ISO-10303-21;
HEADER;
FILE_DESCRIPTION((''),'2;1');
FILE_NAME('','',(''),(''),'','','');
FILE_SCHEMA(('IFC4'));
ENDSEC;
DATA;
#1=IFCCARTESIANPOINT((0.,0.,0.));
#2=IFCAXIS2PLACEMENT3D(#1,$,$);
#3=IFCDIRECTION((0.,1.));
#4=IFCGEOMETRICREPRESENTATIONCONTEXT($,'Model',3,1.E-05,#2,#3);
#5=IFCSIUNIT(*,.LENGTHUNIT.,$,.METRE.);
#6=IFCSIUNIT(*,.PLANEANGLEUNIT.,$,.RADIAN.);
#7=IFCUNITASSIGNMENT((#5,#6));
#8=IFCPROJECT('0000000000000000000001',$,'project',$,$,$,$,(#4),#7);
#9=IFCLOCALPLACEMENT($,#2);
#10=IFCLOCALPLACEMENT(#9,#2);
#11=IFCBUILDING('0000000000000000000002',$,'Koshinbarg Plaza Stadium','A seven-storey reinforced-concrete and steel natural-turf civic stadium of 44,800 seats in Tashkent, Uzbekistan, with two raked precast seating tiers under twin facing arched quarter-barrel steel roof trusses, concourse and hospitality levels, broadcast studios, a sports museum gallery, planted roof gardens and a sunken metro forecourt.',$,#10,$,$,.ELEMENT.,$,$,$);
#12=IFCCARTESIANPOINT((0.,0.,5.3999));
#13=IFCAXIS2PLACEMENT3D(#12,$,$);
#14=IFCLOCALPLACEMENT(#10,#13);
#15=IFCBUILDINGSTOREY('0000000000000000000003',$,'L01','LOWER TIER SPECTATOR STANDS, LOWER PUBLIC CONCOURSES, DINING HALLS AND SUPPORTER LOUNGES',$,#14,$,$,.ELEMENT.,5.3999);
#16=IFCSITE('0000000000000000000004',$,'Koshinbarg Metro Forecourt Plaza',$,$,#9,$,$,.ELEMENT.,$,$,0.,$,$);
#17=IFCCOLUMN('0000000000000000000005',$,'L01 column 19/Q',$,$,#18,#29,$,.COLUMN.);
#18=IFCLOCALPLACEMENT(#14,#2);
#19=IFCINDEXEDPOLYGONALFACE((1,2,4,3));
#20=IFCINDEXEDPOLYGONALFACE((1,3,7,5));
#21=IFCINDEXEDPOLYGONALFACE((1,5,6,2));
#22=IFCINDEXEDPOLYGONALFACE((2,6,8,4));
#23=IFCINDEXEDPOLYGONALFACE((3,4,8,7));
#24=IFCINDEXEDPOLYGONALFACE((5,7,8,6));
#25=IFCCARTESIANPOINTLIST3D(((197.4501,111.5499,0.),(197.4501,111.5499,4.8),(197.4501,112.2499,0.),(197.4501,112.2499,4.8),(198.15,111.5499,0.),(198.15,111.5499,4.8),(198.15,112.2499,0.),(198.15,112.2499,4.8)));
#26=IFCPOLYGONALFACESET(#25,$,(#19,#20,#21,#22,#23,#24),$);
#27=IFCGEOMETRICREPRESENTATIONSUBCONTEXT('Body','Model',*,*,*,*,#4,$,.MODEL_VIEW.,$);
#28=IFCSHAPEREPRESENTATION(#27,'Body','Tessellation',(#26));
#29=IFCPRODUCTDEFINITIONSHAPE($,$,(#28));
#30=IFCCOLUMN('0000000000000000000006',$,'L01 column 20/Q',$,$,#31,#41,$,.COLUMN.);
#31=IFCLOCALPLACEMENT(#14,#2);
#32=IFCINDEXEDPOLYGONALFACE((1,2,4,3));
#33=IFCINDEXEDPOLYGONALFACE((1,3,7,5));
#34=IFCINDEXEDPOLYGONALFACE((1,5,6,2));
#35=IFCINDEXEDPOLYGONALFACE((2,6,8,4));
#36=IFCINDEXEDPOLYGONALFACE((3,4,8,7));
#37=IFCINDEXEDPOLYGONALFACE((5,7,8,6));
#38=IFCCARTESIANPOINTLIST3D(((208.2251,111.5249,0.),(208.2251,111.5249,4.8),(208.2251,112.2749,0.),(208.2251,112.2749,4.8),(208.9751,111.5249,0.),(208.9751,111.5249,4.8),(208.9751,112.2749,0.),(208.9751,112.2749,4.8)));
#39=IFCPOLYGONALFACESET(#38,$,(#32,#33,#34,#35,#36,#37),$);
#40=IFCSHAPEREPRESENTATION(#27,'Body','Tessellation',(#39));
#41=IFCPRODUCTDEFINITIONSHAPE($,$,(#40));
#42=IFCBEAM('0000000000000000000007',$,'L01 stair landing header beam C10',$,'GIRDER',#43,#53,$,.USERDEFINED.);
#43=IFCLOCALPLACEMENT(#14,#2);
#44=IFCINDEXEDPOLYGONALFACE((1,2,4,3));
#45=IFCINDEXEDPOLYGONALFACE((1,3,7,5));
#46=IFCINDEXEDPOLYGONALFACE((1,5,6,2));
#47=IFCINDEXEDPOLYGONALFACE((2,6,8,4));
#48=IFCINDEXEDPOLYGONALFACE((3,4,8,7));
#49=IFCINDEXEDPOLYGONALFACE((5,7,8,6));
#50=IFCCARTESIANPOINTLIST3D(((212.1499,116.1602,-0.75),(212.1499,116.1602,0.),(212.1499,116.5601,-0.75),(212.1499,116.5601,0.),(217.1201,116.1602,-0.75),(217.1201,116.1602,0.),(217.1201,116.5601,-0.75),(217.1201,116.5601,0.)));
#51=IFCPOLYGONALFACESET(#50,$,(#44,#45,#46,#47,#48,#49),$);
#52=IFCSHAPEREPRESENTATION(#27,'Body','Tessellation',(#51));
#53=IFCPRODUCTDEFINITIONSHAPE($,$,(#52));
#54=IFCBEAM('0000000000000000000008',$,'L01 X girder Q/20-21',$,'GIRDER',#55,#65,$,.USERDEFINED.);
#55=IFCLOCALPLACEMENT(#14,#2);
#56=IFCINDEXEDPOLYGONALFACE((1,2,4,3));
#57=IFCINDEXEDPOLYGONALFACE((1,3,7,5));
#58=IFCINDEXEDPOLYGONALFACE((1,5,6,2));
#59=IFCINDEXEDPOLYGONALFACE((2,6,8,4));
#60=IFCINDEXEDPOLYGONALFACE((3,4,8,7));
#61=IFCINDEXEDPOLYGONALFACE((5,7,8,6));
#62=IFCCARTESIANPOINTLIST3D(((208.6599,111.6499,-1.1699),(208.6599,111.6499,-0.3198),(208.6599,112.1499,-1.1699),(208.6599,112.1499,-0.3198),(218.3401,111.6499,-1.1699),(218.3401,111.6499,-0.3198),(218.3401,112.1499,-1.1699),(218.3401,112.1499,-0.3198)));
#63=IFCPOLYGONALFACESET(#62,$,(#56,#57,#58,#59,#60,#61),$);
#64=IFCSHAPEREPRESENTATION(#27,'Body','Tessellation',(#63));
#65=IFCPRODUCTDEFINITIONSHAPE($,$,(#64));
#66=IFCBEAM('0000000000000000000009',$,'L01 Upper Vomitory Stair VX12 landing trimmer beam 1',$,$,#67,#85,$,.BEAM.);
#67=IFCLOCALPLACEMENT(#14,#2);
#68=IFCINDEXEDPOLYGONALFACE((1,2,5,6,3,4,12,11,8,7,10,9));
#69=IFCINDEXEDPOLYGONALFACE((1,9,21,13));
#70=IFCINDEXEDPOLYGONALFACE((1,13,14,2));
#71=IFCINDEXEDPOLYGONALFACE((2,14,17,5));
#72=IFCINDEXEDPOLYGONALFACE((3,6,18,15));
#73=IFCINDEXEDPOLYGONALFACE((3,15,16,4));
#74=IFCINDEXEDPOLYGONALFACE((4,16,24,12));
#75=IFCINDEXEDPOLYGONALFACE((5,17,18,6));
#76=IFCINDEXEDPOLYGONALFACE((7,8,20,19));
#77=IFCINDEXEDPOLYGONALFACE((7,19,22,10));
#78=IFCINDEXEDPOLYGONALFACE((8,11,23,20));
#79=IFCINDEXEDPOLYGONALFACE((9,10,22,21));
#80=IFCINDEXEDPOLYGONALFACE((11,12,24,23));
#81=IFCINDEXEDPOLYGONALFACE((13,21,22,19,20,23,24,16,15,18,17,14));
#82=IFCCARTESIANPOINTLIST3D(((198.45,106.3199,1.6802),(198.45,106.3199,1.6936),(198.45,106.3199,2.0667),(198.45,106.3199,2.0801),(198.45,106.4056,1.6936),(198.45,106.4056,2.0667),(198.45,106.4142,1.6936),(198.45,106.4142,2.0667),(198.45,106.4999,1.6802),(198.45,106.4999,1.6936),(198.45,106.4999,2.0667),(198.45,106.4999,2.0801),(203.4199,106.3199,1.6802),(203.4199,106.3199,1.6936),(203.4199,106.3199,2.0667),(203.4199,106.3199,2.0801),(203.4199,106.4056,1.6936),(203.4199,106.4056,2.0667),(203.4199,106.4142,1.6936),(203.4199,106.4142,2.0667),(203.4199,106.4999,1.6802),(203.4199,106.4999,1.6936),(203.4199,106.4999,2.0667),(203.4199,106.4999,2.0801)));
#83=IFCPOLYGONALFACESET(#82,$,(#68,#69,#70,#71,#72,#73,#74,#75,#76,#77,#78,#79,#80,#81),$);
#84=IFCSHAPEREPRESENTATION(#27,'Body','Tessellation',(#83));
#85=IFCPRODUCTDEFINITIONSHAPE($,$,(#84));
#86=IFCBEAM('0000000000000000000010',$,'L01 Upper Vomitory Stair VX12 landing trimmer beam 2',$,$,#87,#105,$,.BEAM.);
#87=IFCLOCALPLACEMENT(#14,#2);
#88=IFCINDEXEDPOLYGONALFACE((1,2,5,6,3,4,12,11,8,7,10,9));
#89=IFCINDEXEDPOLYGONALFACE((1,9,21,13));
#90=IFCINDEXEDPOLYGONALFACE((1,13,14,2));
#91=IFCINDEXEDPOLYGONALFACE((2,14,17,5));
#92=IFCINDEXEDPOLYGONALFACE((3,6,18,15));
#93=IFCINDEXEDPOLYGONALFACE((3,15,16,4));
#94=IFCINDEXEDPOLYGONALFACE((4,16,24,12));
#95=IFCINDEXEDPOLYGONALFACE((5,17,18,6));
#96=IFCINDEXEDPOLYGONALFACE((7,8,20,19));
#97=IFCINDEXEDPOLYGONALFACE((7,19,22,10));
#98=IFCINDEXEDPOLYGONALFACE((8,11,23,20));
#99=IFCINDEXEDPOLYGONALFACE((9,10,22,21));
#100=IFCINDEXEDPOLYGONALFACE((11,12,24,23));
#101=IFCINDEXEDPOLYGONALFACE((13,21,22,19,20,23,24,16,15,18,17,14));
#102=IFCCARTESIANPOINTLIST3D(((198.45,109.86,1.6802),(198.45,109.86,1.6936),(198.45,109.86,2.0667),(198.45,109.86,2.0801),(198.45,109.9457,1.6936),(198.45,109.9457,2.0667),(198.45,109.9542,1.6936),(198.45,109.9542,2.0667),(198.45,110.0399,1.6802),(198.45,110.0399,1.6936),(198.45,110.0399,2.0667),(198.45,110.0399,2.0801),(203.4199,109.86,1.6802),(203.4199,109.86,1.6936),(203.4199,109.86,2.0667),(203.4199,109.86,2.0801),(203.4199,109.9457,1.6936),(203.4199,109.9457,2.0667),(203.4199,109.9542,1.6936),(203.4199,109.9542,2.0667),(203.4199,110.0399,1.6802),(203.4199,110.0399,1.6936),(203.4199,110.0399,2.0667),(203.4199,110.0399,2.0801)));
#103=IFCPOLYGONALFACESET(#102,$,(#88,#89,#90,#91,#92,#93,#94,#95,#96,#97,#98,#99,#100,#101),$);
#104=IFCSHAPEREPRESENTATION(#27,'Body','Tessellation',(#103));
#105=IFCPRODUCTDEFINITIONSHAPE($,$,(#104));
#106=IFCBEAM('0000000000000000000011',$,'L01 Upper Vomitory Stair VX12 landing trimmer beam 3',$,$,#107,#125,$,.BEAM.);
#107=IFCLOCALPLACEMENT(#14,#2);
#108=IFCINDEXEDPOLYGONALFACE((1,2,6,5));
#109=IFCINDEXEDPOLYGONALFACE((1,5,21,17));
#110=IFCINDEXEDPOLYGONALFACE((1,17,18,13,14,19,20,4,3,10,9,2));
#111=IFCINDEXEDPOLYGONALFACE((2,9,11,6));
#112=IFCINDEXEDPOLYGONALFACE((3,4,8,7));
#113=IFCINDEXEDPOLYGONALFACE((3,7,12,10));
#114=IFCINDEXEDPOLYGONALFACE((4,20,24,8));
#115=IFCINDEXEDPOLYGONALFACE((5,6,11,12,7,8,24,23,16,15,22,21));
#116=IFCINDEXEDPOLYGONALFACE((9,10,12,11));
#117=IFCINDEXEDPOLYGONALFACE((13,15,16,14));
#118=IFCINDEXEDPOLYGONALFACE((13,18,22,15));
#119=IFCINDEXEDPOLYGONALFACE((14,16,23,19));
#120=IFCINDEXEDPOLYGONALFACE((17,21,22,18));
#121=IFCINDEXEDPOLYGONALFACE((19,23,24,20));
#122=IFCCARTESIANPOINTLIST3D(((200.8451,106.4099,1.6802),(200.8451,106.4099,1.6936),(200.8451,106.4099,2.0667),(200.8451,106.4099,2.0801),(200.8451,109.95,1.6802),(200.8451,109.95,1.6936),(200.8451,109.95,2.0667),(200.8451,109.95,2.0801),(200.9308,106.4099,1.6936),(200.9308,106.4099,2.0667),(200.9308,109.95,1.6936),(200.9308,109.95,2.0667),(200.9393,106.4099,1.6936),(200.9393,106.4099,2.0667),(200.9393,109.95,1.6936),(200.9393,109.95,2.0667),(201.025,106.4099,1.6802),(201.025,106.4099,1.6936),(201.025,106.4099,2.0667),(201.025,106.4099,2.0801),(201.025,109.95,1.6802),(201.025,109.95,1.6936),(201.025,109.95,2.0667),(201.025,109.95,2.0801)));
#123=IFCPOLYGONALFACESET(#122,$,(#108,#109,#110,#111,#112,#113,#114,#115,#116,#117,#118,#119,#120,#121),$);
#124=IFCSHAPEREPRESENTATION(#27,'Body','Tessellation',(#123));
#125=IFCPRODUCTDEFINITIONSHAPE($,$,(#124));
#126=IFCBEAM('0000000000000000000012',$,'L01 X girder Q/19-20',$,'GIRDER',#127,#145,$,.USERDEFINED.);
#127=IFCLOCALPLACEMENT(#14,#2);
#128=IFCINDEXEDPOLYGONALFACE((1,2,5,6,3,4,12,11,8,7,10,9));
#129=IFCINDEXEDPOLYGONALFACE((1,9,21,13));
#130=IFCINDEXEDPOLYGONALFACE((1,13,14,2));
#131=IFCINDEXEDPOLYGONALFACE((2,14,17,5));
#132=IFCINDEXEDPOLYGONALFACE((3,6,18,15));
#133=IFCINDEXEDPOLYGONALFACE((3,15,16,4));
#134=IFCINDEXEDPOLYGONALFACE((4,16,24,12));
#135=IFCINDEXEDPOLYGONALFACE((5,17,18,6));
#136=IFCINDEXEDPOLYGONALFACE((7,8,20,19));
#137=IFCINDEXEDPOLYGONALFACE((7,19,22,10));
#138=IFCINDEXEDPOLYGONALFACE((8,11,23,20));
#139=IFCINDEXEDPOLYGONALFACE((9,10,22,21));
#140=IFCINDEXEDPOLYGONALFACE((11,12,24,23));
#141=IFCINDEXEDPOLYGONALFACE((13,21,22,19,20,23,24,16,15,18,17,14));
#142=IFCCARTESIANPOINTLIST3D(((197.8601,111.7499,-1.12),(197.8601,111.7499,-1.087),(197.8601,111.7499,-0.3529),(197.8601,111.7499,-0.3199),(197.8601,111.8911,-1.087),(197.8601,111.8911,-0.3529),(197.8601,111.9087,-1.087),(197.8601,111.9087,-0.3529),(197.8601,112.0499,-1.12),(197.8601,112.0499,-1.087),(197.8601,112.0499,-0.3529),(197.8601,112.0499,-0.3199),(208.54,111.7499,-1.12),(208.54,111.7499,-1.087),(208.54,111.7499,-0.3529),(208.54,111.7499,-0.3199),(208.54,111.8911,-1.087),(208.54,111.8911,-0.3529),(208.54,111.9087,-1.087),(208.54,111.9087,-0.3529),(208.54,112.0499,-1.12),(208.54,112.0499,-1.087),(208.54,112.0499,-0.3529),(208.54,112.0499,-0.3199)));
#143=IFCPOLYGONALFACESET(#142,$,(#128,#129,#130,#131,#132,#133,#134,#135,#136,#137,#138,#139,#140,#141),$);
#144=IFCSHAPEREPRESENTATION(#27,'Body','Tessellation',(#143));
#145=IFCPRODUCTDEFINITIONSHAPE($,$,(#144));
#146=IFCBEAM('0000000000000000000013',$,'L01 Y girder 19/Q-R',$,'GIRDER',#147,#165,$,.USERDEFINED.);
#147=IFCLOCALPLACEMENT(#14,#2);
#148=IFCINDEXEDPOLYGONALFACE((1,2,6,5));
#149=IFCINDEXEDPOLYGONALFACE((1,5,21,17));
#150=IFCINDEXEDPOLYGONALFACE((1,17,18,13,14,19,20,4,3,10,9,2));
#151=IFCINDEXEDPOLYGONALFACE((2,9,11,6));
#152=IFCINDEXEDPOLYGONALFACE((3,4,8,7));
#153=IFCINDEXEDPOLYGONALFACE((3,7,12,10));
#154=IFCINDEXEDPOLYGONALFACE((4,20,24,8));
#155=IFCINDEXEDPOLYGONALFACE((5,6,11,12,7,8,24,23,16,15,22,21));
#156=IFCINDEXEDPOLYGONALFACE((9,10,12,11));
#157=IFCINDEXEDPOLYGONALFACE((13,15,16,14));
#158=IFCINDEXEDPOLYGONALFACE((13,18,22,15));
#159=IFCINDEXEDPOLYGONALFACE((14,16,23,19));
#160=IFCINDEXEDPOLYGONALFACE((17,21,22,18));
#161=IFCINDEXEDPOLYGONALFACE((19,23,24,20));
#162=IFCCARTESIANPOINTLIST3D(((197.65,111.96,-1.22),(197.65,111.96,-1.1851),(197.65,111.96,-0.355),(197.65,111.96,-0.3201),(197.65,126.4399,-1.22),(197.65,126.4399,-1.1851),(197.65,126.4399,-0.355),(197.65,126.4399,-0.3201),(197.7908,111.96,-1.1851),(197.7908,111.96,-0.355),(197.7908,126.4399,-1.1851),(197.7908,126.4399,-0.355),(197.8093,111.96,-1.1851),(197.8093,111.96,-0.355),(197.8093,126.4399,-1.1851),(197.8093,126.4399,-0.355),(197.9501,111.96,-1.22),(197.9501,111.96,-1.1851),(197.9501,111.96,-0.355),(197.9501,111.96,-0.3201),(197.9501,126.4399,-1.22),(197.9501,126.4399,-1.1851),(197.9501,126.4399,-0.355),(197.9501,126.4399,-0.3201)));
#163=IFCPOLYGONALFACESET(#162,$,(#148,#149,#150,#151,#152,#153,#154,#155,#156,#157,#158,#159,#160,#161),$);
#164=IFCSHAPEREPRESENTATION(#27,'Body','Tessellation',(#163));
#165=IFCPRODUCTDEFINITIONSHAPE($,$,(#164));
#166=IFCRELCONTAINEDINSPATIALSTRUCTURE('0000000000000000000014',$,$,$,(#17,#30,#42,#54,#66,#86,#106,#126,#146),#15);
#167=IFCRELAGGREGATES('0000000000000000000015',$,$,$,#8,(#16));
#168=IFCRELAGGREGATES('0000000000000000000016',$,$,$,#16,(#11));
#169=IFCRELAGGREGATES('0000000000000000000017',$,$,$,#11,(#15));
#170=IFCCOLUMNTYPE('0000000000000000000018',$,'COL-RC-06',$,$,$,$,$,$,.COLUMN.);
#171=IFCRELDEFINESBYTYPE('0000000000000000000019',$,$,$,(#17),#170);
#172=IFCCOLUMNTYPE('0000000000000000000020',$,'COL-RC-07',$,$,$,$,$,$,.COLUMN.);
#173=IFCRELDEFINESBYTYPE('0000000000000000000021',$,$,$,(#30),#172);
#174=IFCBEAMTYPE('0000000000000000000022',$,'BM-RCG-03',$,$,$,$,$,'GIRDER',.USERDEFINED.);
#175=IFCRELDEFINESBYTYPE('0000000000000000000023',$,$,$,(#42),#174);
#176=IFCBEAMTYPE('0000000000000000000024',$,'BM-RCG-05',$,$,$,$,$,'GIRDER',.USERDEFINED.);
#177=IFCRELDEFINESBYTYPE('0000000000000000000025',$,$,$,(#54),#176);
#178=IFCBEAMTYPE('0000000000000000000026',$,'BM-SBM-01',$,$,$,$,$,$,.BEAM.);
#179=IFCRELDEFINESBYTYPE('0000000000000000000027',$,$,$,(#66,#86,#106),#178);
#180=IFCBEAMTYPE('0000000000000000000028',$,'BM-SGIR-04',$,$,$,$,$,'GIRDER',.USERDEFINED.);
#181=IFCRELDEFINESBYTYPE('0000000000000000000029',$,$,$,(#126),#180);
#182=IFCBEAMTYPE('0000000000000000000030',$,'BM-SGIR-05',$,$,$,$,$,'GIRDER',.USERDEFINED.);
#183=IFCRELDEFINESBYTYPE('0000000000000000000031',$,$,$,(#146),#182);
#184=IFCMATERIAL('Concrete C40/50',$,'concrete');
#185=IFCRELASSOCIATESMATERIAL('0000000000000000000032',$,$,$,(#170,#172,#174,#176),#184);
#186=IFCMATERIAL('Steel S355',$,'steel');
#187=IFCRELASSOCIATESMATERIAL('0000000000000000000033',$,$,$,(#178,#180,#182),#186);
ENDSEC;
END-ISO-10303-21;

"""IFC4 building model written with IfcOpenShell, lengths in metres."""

from ifc_helpers import new_model, si_unit, direction, frame, origin, origin_2d, place, context, subcontext, project, spatial, rectangle, i_section, extrude, material, material_profile, profile_set, type_object, element, save


model = new_model("IFC4")

# Units and contexts
model_context = context("Model", 3, precision=1e-05, world=origin(), true_north=direction((0.0, 1.0)))
body_context = subcontext(model_context, "Body", "Model", "MODEL_VIEW")
ifc_project = project(units=[si_unit("LENGTHUNIT", "METRE"), si_unit("PLANEANGLEUNIT", "RADIAN")], contexts=[model_context])

# Site, building, storey
site_placement = place(None, origin())
site = spatial("IfcSite", under=ifc_project, at=site_placement, Name="Koshinbarg Metro Forecourt Plaza", CompositionType="ELEMENT", RefElevation=0.0)
building_placement = place(site_placement, origin())
building = spatial("IfcBuilding", under=site, at=building_placement, Name="Koshinbarg Plaza Stadium", Description="A seven-storey reinforced-concrete and steel natural-turf civic stadium of 44,800 seats in Tashkent, Uzbekistan, with two raked precast seating tiers under twin facing arched quarter-barrel steel roof trusses, concourse and hospitality levels, broadcast studios, a sports museum gallery, planted roof gardens and a sunken metro forecourt.", CompositionType="ELEMENT")
storey_placement = place(building_placement, frame((0.0, 0.0, 5.3999)))
storey = spatial("IfcBuildingStorey", under=building, at=storey_placement, Name="L01", Description="LOWER TIER SPECTATOR STANDS, LOWER PUBLIC CONCOURSES, DINING HALLS AND SUPPORTER LOUNGES", CompositionType="ELEMENT", Elevation=5.3999)

# Columns
ifc_material_1 = material(Name="Concrete C40/50", Category="concrete")
ifc_material_profile_1 = material_profile(ifc_material_1, rectangle(XDim=0.7, YDim=0.7, at=origin_2d()), Name="RC 700x700")
ifc_profile_set_1 = profile_set([ifc_material_profile_1], Name="Concrete C40/50")
column_type_1 = type_object("IfcColumnType", Name="COL-RC-06", PredefinedType="COLUMN", material=ifc_profile_set_1)
column_1_placement = place(storey_placement, frame((197.8, 111.8999, 0.0), z_axis=(0.0, 0.0, 1.0), x_axis=(1.0, 0.0, 0.0)))
element("IfcColumn", 1, at=column_1_placement, inside=storey, type_object=column_type_1, Name="L01 column 19/Q", PredefinedType="COLUMN", context=body_context, shape_type="SweptSolid", body=[
    extrude(rectangle(XDim=0.7, YDim=0.7, at=origin_2d()), origin(), (0.0, 0.0, 1.0), 4.8),
])
ifc_material_profile_2 = material_profile(ifc_material_1, rectangle(XDim=0.75, YDim=0.75, at=origin_2d()), Name="RC 750x750")
ifc_profile_set_2 = profile_set([ifc_material_profile_2], Name="Concrete C40/50")
column_type_2 = type_object("IfcColumnType", Name="COL-RC-07", PredefinedType="COLUMN", material=ifc_profile_set_2)
column_2_placement = place(storey_placement, frame((208.6001, 111.8999, 0.0), z_axis=(0.0, 0.0, 1.0), x_axis=(1.0, 0.0, 0.0)))
element("IfcColumn", 2, at=column_2_placement, inside=storey, type_object=column_type_2, Name="L01 column 20/Q", PredefinedType="COLUMN", context=body_context, shape_type="SweptSolid", body=[
    extrude(rectangle(XDim=0.75, YDim=0.75, at=origin_2d()), origin(), (0.0, 0.0, 1.0), 4.8),
])

# Beams
ifc_material_profile_3 = material_profile(ifc_material_1, rectangle(XDim=0.3999, YDim=0.75, at=origin_2d()), Name="RC 400x750")
ifc_profile_set_3 = profile_set([ifc_material_profile_3], Name="Concrete C40/50")
beam_type_1 = type_object("IfcBeamType", Name="BM-RCG-03", ElementType="GIRDER", PredefinedType="USERDEFINED", material=ifc_profile_set_3)
beam_1_placement = place(storey_placement, frame((212.1499, 116.3601, -0.375), z_axis=(1.0, 0.0, 0.0), x_axis=(0.0, 1.0, 0.0)))
element("IfcBeam", 3, at=beam_1_placement, inside=storey, type_object=beam_type_1, Name="L01 stair landing header beam C10", ObjectType="GIRDER", PredefinedType="USERDEFINED", context=body_context, shape_type="SweptSolid", body=[
    extrude(rectangle(XDim=0.3999, YDim=0.75, at=origin_2d()), origin(), (0.0, 0.0, 1.0), 4.9702),
])
ifc_material_profile_4 = material_profile(ifc_material_1, rectangle(XDim=0.5, YDim=0.8501, at=origin_2d()), Name="RC 500x850")
ifc_profile_set_4 = profile_set([ifc_material_profile_4], Name="Concrete C40/50")
beam_type_2 = type_object("IfcBeamType", Name="BM-RCG-05", ElementType="GIRDER", PredefinedType="USERDEFINED", material=ifc_profile_set_4)
beam_2_placement = place(storey_placement, frame((208.6599, 111.8999, -0.7449), z_axis=(1.0, 0.0, 0.0), x_axis=(0.0, 1.0, 0.0)))
element("IfcBeam", 4, at=beam_2_placement, inside=storey, type_object=beam_type_2, Name="L01 X girder Q/20-21", ObjectType="GIRDER", PredefinedType="USERDEFINED", context=body_context, shape_type="SweptSolid", body=[
    extrude(rectangle(XDim=0.5, YDim=0.8501, at=origin_2d()), origin(), (0.0, 0.0, 1.0), 9.6802),
])
ifc_material_2 = material(Name="Steel S355", Category="steel")
ifc_material_profile_5 = material_profile(ifc_material_2, i_section(OverallWidth=0.1799, OverallDepth=0.3999, WebThickness=0.0085, FlangeThickness=0.0134, at=origin_2d()), Name="IPE 400")
ifc_profile_set_5 = profile_set([ifc_material_profile_5], Name="Steel S355")
beam_type_3 = type_object("IfcBeamType", Name="BM-SBM-01", PredefinedType="BEAM", material=ifc_profile_set_5)
for number, where, z_axis, x_axis, name in (
    (5, (198.45, 106.4099, 1.8801), (1.0, 0.0, 0.0), (0.0, 1.0, 0.0), "L01 Upper Vomitory Stair VX12 landing trimmer beam 1"),
    (6, (198.45, 109.95, 1.8801), (1.0, 0.0, 0.0), (0.0, 1.0, 0.0), "L01 Upper Vomitory Stair VX12 landing trimmer beam 2"),
):
    element("IfcBeam", number, at=place(storey_placement, frame(where, z_axis=z_axis, x_axis=x_axis)), inside=storey, type_object=beam_type_3, Name=name, PredefinedType="BEAM", context=body_context, shape_type="SweptSolid", body=[
        extrude(i_section(OverallWidth=0.1799, OverallDepth=0.3999, WebThickness=0.0085, FlangeThickness=0.0134, at=origin_2d()), origin(), (0.0, 0.0, 1.0), 4.97),
    ])
beam_3_placement = place(storey_placement, frame((200.9351, 106.4099, 1.8801), z_axis=(0.0, 1.0, 0.0), x_axis=(-1.0, 0.0, 0.0)))
element("IfcBeam", 7, at=beam_3_placement, inside=storey, type_object=beam_type_3, Name="L01 Upper Vomitory Stair VX12 landing trimmer beam 3", PredefinedType="BEAM", context=body_context, shape_type="SweptSolid", body=[
    extrude(i_section(OverallWidth=0.1799, OverallDepth=0.3999, WebThickness=0.0085, FlangeThickness=0.0134, at=origin_2d()), origin(), (0.0, 0.0, 1.0), 3.54),
])
ifc_material_profile_6 = material_profile(ifc_material_2, i_section(OverallWidth=0.3, OverallDepth=0.8, WebThickness=0.0176, FlangeThickness=0.033, at=origin_2d()), Name="HEB 800")
ifc_profile_set_6 = profile_set([ifc_material_profile_6], Name="Steel S355")
beam_type_4 = type_object("IfcBeamType", Name="BM-SGIR-04", ElementType="GIRDER", PredefinedType="USERDEFINED", material=ifc_profile_set_6)
beam_4_placement = place(storey_placement, frame((197.8601, 111.8999, -0.72), z_axis=(1.0, 0.0, 0.0), x_axis=(0.0, 1.0, 0.0)))
element("IfcBeam", 8, at=beam_4_placement, inside=storey, type_object=beam_type_4, Name="L01 X girder Q/19-20", ObjectType="GIRDER", PredefinedType="USERDEFINED", context=body_context, shape_type="SweptSolid", body=[
    extrude(i_section(OverallWidth=0.3, OverallDepth=0.8, WebThickness=0.0176, FlangeThickness=0.033, at=origin_2d()), origin(), (0.0, 0.0, 1.0), 10.6799),
])
ifc_material_profile_7 = material_profile(ifc_material_2, i_section(OverallWidth=0.3, OverallDepth=0.8999, WebThickness=0.0186, FlangeThickness=0.0349, at=origin_2d()), Name="HEB 900")
ifc_profile_set_7 = profile_set([ifc_material_profile_7], Name="Steel S355")
beam_type_5 = type_object("IfcBeamType", Name="BM-SGIR-05", ElementType="GIRDER", PredefinedType="USERDEFINED", material=ifc_profile_set_7)
beam_5_placement = place(storey_placement, frame((197.8, 111.96, -0.77), z_axis=(0.0, 1.0, 0.0), x_axis=(-1.0, 0.0, 0.0)))
element("IfcBeam", 9, at=beam_5_placement, inside=storey, type_object=beam_type_5, Name="L01 Y girder 19/Q-R", ObjectType="GIRDER", PredefinedType="USERDEFINED", context=body_context, shape_type="SweptSolid", body=[
    extrude(i_section(OverallWidth=0.3, OverallDepth=0.8999, WebThickness=0.0186, FlangeThickness=0.0349, at=origin_2d()), origin(), (0.0, 0.0, 1.0), 14.48),
])

save(model, "model.ifc")
